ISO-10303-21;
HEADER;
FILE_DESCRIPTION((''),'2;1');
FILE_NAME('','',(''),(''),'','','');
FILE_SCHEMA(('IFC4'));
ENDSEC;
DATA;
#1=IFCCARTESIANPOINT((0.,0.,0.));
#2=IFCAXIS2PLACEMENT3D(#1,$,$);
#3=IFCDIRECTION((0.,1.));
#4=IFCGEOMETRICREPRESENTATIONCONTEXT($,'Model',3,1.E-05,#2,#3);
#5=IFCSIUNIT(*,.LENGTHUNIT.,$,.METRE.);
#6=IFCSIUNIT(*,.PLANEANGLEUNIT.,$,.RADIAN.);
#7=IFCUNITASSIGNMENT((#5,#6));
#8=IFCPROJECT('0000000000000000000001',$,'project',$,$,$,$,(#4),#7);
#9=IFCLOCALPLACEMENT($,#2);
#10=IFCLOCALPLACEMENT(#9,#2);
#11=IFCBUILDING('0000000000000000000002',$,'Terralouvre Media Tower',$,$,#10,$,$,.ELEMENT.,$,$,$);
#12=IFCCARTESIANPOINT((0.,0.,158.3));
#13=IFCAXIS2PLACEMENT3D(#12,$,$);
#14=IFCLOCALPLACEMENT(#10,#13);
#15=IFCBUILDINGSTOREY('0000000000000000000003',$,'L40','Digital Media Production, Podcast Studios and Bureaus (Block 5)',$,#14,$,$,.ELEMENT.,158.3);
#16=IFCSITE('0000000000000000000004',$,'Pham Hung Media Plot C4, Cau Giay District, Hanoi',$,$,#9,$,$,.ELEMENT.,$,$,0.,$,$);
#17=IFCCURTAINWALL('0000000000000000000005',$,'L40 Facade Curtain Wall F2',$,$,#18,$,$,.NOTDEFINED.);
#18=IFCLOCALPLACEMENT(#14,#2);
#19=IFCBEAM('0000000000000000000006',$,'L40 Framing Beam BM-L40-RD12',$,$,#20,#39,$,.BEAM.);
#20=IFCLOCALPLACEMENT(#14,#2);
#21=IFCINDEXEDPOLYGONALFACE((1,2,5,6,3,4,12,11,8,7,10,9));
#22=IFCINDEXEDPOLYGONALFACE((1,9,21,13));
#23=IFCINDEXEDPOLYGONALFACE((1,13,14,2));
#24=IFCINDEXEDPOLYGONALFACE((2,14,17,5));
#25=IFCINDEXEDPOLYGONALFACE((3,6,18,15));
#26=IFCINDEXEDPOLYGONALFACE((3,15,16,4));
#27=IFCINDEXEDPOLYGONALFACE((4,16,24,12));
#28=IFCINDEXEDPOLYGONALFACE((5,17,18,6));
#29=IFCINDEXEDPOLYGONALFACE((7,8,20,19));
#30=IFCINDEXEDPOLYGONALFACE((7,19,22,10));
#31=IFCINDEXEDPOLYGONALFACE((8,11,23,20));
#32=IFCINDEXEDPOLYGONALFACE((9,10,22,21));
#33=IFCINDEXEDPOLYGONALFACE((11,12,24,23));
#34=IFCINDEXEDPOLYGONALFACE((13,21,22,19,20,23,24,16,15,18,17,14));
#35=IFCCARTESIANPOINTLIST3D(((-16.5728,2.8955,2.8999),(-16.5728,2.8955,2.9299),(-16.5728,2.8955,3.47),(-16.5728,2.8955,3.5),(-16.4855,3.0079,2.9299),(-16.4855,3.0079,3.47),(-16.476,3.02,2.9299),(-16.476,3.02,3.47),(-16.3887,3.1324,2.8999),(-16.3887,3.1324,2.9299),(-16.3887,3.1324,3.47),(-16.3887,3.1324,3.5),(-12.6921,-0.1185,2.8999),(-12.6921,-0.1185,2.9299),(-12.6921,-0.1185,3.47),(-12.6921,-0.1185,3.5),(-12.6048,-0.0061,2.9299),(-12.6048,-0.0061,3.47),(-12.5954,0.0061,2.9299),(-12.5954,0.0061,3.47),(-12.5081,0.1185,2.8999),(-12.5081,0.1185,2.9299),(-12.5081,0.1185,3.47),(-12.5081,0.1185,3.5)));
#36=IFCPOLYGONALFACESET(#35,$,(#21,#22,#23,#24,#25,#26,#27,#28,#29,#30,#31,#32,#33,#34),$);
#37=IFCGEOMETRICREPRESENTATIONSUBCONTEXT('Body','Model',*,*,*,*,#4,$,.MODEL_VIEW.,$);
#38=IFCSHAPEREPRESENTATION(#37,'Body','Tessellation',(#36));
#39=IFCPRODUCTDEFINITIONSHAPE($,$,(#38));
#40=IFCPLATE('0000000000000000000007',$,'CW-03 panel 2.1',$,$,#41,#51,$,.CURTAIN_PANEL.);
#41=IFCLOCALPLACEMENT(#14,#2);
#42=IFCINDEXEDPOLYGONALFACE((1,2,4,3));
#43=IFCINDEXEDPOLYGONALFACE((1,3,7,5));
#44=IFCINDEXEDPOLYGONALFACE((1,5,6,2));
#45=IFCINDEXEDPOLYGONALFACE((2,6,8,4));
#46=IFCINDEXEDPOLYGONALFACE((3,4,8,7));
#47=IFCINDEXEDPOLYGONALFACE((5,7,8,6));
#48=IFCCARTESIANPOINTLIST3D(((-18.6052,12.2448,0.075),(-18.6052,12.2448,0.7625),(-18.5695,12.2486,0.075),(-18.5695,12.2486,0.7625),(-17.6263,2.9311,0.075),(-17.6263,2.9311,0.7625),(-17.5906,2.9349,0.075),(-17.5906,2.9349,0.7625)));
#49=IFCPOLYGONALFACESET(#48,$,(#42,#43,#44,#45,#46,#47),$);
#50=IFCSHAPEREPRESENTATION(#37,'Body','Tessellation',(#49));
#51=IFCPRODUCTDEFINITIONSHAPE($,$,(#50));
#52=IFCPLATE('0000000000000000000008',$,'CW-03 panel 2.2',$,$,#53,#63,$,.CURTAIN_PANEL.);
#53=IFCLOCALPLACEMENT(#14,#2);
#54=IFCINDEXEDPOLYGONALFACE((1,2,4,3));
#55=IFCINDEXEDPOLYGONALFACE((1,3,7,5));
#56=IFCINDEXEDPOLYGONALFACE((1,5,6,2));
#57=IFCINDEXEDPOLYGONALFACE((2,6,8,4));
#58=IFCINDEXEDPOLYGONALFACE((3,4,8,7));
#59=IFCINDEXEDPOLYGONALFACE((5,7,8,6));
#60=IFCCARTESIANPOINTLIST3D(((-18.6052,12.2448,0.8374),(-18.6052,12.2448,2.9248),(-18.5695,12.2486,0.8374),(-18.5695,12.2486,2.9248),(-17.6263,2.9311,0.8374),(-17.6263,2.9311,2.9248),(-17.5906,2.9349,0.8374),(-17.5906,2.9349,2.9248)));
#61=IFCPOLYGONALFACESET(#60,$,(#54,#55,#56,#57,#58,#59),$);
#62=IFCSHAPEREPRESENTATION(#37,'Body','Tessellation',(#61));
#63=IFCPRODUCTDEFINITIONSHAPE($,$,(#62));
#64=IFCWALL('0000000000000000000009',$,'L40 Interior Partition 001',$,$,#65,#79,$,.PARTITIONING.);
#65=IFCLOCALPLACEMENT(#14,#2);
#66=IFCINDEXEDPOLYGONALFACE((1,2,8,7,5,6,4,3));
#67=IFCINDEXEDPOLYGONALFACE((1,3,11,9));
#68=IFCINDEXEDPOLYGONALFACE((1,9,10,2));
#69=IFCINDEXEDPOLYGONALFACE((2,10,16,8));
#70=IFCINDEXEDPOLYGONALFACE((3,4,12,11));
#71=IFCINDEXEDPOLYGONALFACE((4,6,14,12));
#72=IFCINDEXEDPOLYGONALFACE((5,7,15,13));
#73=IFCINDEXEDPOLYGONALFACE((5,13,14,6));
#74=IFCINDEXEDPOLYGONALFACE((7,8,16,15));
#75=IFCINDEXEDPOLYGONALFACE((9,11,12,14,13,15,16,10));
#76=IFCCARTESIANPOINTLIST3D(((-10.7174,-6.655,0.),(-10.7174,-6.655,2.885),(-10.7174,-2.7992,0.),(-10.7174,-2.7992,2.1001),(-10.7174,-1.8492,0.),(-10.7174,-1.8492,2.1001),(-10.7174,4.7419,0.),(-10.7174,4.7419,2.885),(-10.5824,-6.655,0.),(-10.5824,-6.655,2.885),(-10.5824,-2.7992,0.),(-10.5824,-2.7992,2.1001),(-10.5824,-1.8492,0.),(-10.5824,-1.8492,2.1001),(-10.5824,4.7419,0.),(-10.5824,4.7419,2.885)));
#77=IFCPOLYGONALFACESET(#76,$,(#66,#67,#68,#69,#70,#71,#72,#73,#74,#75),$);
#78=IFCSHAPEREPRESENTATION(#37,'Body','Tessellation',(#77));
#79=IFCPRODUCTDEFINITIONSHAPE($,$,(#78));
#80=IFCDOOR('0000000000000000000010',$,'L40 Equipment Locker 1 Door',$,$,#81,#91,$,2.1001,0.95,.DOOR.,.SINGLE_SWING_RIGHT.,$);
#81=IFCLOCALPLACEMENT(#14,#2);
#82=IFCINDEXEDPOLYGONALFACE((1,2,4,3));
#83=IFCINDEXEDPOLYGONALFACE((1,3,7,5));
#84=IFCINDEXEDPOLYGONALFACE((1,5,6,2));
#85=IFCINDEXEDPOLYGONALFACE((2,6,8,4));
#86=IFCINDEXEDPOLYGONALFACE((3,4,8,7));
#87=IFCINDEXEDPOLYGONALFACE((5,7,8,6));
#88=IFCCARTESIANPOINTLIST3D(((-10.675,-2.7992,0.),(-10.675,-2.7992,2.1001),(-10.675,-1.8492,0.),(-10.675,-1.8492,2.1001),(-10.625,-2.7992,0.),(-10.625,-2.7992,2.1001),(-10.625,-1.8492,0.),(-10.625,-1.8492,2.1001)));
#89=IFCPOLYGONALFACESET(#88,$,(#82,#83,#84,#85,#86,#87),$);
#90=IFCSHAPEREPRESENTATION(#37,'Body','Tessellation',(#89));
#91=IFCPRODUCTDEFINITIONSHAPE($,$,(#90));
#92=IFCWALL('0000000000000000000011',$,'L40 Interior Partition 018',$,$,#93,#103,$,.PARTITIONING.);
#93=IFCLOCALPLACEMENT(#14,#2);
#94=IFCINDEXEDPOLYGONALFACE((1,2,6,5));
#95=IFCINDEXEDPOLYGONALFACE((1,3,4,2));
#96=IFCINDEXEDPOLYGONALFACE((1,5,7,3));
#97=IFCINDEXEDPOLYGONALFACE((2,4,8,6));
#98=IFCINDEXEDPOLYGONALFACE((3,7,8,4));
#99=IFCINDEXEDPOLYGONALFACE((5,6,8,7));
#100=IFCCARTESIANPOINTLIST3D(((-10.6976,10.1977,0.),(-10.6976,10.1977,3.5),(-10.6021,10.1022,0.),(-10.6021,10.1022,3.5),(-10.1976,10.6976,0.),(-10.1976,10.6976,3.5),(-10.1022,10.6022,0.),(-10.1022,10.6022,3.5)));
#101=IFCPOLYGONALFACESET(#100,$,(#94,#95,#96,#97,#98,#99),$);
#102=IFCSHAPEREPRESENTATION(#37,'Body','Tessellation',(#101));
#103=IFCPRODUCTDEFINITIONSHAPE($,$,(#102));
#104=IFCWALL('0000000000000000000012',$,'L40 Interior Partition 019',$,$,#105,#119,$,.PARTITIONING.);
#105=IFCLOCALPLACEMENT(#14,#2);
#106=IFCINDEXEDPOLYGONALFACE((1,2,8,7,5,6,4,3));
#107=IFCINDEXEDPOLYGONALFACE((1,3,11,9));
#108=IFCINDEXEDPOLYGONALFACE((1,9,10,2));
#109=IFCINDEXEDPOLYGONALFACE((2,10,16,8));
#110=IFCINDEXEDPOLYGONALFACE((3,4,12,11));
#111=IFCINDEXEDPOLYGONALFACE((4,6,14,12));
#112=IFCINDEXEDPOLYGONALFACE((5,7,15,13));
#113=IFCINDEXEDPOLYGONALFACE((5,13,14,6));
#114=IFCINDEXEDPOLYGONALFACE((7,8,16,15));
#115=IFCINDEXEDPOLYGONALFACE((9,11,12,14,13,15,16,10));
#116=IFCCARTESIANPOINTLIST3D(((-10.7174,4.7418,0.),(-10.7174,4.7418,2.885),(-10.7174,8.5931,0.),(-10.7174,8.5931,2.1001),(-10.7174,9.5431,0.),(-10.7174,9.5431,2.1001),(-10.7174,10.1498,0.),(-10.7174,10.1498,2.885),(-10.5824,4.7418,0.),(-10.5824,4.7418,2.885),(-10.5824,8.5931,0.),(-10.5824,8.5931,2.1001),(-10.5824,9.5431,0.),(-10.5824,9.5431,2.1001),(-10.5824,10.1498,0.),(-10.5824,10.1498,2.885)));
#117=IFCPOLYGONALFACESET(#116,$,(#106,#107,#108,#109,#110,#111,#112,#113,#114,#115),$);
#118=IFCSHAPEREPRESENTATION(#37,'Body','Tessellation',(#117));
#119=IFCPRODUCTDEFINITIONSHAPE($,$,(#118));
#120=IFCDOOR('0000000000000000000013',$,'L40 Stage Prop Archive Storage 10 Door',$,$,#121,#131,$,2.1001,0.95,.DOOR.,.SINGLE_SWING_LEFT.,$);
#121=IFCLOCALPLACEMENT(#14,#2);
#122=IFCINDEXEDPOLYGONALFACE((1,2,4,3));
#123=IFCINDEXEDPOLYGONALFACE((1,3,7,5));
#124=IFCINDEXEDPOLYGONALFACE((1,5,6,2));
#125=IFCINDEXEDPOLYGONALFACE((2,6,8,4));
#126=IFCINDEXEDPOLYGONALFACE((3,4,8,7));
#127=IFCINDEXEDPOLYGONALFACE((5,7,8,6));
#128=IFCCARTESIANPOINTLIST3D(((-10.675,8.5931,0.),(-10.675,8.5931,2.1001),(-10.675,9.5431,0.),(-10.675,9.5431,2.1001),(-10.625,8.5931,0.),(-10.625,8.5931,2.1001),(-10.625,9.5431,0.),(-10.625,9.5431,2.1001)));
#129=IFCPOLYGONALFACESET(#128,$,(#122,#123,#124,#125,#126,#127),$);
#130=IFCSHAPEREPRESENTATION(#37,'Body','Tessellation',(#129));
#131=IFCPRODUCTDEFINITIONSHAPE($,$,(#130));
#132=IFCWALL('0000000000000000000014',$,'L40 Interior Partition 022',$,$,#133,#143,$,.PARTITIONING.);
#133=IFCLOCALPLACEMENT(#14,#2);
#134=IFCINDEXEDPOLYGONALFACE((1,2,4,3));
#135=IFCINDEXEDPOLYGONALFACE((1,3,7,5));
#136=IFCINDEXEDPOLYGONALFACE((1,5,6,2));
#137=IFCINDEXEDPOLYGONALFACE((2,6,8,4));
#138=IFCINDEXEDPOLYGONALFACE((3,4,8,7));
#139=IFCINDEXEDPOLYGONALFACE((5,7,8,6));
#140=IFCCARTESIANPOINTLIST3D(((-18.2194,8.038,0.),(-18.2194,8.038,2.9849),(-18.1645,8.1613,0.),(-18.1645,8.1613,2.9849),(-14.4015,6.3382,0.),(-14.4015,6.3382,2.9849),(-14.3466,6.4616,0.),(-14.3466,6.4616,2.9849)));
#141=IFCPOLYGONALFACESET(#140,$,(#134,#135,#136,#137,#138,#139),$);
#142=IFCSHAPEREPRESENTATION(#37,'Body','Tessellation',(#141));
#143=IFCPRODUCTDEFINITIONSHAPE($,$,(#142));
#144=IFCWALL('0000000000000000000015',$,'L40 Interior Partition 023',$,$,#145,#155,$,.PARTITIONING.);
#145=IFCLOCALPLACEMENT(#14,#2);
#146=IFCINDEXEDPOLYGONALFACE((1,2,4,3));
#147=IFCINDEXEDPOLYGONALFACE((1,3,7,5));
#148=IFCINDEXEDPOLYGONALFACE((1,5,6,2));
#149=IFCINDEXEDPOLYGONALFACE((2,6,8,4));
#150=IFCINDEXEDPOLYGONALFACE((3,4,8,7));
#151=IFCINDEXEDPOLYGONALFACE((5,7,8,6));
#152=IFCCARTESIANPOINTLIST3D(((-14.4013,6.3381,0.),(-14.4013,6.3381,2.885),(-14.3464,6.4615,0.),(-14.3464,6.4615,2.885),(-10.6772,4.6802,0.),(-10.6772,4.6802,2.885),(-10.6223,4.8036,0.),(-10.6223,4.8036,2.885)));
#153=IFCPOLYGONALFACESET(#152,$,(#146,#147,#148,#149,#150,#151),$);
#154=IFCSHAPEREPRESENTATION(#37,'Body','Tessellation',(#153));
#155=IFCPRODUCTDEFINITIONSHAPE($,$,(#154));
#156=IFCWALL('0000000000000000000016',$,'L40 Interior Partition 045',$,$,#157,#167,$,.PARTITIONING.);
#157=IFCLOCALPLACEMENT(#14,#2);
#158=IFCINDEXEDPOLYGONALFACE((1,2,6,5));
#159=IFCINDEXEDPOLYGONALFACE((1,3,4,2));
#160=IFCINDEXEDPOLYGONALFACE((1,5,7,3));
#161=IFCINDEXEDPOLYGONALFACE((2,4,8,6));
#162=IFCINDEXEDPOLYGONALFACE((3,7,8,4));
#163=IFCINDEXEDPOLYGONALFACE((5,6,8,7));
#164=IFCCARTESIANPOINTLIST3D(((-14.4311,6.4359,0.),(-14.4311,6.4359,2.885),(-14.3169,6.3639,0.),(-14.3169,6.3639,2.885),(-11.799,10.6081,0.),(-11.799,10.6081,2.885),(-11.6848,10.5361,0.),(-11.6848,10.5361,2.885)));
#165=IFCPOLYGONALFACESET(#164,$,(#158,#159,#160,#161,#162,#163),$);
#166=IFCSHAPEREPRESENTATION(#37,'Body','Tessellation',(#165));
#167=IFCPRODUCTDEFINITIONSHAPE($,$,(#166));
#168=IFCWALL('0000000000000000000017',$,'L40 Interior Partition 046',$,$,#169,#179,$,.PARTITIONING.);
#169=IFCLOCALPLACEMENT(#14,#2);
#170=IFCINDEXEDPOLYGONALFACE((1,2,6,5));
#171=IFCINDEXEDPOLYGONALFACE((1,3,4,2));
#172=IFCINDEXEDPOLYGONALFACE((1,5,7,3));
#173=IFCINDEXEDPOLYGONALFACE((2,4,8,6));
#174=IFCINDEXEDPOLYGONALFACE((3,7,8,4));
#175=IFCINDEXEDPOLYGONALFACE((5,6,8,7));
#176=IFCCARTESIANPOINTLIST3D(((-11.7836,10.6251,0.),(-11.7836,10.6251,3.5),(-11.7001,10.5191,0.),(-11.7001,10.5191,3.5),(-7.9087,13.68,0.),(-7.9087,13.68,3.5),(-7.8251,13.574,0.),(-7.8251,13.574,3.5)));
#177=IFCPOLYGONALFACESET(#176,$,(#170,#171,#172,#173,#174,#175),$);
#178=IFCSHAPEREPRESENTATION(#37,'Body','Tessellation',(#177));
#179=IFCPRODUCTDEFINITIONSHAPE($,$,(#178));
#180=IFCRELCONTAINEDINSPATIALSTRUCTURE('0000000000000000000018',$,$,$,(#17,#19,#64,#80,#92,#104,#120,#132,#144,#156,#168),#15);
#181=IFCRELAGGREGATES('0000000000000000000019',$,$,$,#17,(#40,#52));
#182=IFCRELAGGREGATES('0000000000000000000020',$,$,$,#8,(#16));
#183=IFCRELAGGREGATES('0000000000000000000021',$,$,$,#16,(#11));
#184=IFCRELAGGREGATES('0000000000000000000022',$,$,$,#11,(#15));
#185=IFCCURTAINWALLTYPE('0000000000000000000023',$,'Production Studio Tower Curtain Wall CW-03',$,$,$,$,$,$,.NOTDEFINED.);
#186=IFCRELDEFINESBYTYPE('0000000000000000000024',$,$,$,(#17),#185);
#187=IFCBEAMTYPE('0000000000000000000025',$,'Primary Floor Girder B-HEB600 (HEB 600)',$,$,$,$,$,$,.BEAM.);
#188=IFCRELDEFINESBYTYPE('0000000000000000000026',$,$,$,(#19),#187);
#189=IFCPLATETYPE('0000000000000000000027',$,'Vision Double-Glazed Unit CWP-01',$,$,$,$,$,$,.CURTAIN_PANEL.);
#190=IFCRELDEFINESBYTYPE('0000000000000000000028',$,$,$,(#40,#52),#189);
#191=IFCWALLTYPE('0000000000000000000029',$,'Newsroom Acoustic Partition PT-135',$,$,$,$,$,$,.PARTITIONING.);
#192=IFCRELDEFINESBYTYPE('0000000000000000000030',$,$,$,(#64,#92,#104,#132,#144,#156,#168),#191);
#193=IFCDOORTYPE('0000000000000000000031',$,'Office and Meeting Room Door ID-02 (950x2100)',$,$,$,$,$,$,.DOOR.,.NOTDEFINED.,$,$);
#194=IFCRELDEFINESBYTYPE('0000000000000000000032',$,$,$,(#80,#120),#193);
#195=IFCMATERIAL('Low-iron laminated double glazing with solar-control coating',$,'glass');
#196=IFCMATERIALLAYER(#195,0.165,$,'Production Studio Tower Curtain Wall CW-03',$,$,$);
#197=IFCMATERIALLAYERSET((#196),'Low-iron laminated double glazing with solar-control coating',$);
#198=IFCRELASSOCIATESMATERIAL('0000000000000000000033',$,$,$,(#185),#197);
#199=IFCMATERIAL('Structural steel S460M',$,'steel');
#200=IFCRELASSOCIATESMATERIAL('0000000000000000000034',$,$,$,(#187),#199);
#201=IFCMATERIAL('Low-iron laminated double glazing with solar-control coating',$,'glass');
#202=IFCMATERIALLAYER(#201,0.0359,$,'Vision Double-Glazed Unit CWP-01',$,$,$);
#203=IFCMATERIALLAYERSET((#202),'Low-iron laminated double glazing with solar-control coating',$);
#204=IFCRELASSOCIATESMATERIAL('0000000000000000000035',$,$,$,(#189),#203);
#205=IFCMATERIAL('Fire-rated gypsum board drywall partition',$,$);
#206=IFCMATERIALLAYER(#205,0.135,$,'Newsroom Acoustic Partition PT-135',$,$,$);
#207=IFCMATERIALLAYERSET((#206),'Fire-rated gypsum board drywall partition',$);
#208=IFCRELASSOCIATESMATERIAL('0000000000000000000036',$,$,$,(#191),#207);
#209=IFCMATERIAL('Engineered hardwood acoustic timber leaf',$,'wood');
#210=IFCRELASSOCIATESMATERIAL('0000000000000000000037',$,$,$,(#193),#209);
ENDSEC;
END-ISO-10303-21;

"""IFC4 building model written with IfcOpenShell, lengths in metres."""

from ifc_helpers import new_model, si_unit, direction, frame, frame_2d, origin, origin_2d, place, context, subcontext, project, spatial, rectangle, i_section, extrude, material, layer, layer_set, material_profile, profile_set, type_object, element, fill, aggregate, save


model = new_model("IFC4")

# Units and contexts
model_context = context("Model", 3, precision=1e-05, world=origin(), true_north=direction((0.0, 1.0)))
body_context = subcontext(model_context, "Body", "Model", "MODEL_VIEW")
ifc_project = project(units=[si_unit("LENGTHUNIT", "METRE"), si_unit("PLANEANGLEUNIT", "RADIAN")], contexts=[model_context])

# Site, building, storey
site_placement = place(None, origin())
site = spatial("IfcSite", under=ifc_project, at=site_placement, Name="Pham Hung Media Plot C4, Cau Giay District, Hanoi", CompositionType="ELEMENT", RefElevation=0.0)
building_placement = place(site_placement, origin())
building = spatial("IfcBuilding", under=site, at=building_placement, Name="Terralouvre Media Tower", CompositionType="ELEMENT")
storey_placement = place(building_placement, frame((0.0, 0.0, 158.3)))
storey = spatial("IfcBuildingStorey", under=building, at=storey_placement, Name="L40", Description="Digital Media Production, Podcast Studios and Bureaus (Block 5)", CompositionType="ELEMENT", Elevation=158.3)

# Curtain wall
ifc_material_1 = material(Name="Low-iron laminated double glazing with solar-control coating", Category="glass")
ifc_layer_1 = layer(ifc_material_1, 0.165, Name="Production Studio Tower Curtain Wall CW-03")
ifc_layer_set_1 = layer_set([ifc_layer_1], Name="Low-iron laminated double glazing with solar-control coating")
curtain_wall_type = type_object("IfcCurtainWallType", Name="Production Studio Tower Curtain Wall CW-03", PredefinedType="NOTDEFINED", material=ifc_layer_set_1)
curtain_wall_placement = place(storey_placement, origin())
curtain_wall = element("IfcCurtainWall", 1, at=curtain_wall_placement, inside=storey, type_object=curtain_wall_type, Name="L40 Facade Curtain Wall F2", PredefinedType="NOTDEFINED")

# Beam
ifc_material_2 = material(Name="Structural steel S460M", Category="steel")
ifc_material_profile_1 = material_profile(ifc_material_2, i_section(OverallWidth=0.3, OverallDepth=0.6001, WebThickness=0.0154, FlangeThickness=0.03, at=origin_2d()), Name="HEB 600")
ifc_profile_set_1 = profile_set([ifc_material_profile_1], Name="Structural steel S460M")
beam_type_1 = type_object("IfcBeamType", Name="Primary Floor Girder B-HEB600 (HEB 600)", PredefinedType="BEAM", material=ifc_profile_set_1)
beam_1_placement = place(storey_placement, frame((-12.6001, 0.0, 3.2), z_axis=(-0.78978, 0.61339, 0.0), x_axis=(-0.61339, -0.78978, 0.0)))
element("IfcBeam", 2, at=beam_1_placement, inside=storey, type_object=beam_type_1, Name="L40 Framing Beam BM-L40-RD12", PredefinedType="BEAM", context=body_context, shape_type="SweptSolid", body=[
    extrude(i_section(OverallWidth=0.3, OverallDepth=0.6001, WebThickness=0.0154, FlangeThickness=0.03, at=origin_2d()), origin(), (0.0, 0.0, 1.0), 4.9136),
])

# Plates
ifc_material_3 = material(Name="Low-iron laminated double glazing with solar-control coating", Category="glass")
ifc_layer_2 = layer(ifc_material_3, 0.0359, Name="Vision Double-Glazed Unit CWP-01")
ifc_layer_set_2 = layer_set([ifc_layer_2], Name="Low-iron laminated double glazing with solar-control coating")
plate_type = type_object("IfcPlateType", Name="Vision Double-Glazed Unit CWP-01", PredefinedType="CURTAIN_PANEL", material=ifc_layer_set_2)
plate_1_placement = place(storey_placement, frame((-18.0979, 7.5898, 0.075), z_axis=(0.0, 0.0, 1.0), x_axis=(0.104528, -0.994522, 0.0)))
plate_1 = element("IfcPlate", 3, at=plate_1_placement, type_object=plate_type, Name="CW-03 panel 2.1", PredefinedType="CURTAIN_PANEL", context=body_context, shape_type="SweptSolid", body=[
    extrude(rectangle(XDim=9.365, YDim=0.0359, at=origin_2d()), origin(), (0.0, 0.0, 1.0), 0.6875),
])
plate_2_placement = place(storey_placement, frame((-18.0979, 7.5898, 0.8374), z_axis=(0.0, 0.0, 1.0), x_axis=(0.104528, -0.994522, 0.0)))
plate_2 = element("IfcPlate", 4, at=plate_2_placement, type_object=plate_type, Name="CW-03 panel 2.2", PredefinedType="CURTAIN_PANEL", context=body_context, shape_type="SweptSolid", body=[
    extrude(rectangle(XDim=9.365, YDim=0.0359, at=origin_2d()), origin(), (0.0, 0.0, 1.0), 2.0874),
])
aggregate(curtain_wall, [plate_1, plate_2])

# Wall, opening, door
ifc_material_4 = material(Name="Fire-rated gypsum board drywall partition")
ifc_layer_3 = layer(ifc_material_4, 0.135, Name="Newsroom Acoustic Partition PT-135")
ifc_layer_set_3 = layer_set([ifc_layer_3], Name="Fire-rated gypsum board drywall partition")
wall_type = type_object("IfcWallType", Name="Newsroom Acoustic Partition PT-135", PredefinedType="PARTITIONING", material=ifc_layer_set_3)
wall_1_placement = place(storey_placement, frame((-10.6499, 4.7419, 0.0), z_axis=(0.0, 0.0, 1.0), x_axis=(0.0, -1.0, 0.0)))
wall_1 = element("IfcWall", 5, at=wall_1_placement, inside=storey, type_object=wall_type, Name="L40 Interior Partition 001", PredefinedType="PARTITIONING", context=body_context, shape_type="SweptSolid", body=[
    extrude(rectangle(XDim=11.397, YDim=0.135, at=frame_2d((5.6985, 0.0))), origin(), (0.0, 0.0, 1.0), 2.885),
])
opening_1_placement = place(wall_1_placement, frame((6.5911, 0.0, 0.0)))
opening_1 = element("IfcOpeningElement", 6, at=opening_1_placement, cuts=wall_1, PredefinedType="OPENING", context=body_context, shape_type="SweptSolid", body=[
    extrude(rectangle(XDim=0.95, YDim=2.1001, at=frame_2d((0.4751, 1.05))), frame((0.0, 0.0774, 0.0), z_axis=(0.0, -1.0, 0.0), x_axis=(1.0, 0.0, 0.0)), (0.0, 0.0, 1.0), 0.155),
])
ifc_material_5 = material(Name="Engineered hardwood acoustic timber leaf", Category="wood")
door_type = type_object("IfcDoorType", Name="Office and Meeting Room Door ID-02 (950x2100)", OperationType="NOTDEFINED", PredefinedType="DOOR", material=ifc_material_5)
door_1_placement = place(opening_1_placement, origin())
door_1 = element("IfcDoor", 7, at=door_1_placement, inside=storey, type_object=door_type, Name="L40 Equipment Locker 1 Door", OperationType="SINGLE_SWING_RIGHT", OverallHeight=2.1001, OverallWidth=0.95, PredefinedType="DOOR", context=body_context, shape_type="SweptSolid", body=[
    extrude(rectangle(XDim=0.95, YDim=2.1001, at=frame_2d((0.4751, 1.05))), frame((0.0, 0.0249, 0.0), z_axis=(0.0, -1.0, 0.0), x_axis=(1.0, 0.0, 0.0)), (0.0, 0.0, 1.0), 0.05),
])
fill(opening_1, door_1)

# Wall
wall_2_placement = place(storey_placement, frame((-10.1499, 10.6499, 0.0), z_axis=(0.0, 0.0, 1.0), x_axis=(-0.707107, -0.707107, 0.0)))
element("IfcWall", 8, at=wall_2_placement, inside=storey, type_object=wall_type, Name="L40 Interior Partition 018", PredefinedType="PARTITIONING", context=body_context, shape_type="SweptSolid", body=[
    extrude(rectangle(XDim=0.707, YDim=0.135, at=frame_2d((0.3535, 0.0))), origin(), (0.0, 0.0, 1.0), 3.5),
])

# Wall, opening, door
wall_3_placement = place(storey_placement, frame((-10.6499, 10.1499, 0.0), z_axis=(0.0, 0.0, 1.0), x_axis=(0.0, -1.0, 0.0)))
wall_3 = element("IfcWall", 9, at=wall_3_placement, inside=storey, type_object=wall_type, Name="L40 Interior Partition 019", PredefinedType="PARTITIONING", context=body_context, shape_type="SweptSolid", body=[
    extrude(rectangle(XDim=5.408, YDim=0.135, at=frame_2d((2.7041, 0.0))), origin(), (0.0, 0.0, 1.0), 2.885),
])
opening_2_placement = place(wall_3_placement, frame((0.6067, 0.0, 0.0)))
opening_2 = element("IfcOpeningElement", 10, at=opening_2_placement, cuts=wall_3, PredefinedType="OPENING", context=body_context, shape_type="SweptSolid", body=[
    extrude(rectangle(XDim=0.95, YDim=2.1001, at=frame_2d((0.4751, 1.05))), frame((0.0, 0.0774, 0.0), z_axis=(0.0, -1.0, 0.0), x_axis=(1.0, 0.0, 0.0)), (0.0, 0.0, 1.0), 0.155),
])
door_2_placement = place(opening_2_placement, origin())
door_2 = element("IfcDoor", 11, at=door_2_placement, inside=storey, type_object=door_type, Name="L40 Stage Prop Archive Storage 10 Door", OperationType="SINGLE_SWING_LEFT", OverallHeight=2.1001, OverallWidth=0.95, PredefinedType="DOOR", context=body_context, shape_type="SweptSolid", body=[
    extrude(rectangle(XDim=0.95, YDim=2.1001, at=frame_2d((0.4751, 1.05))), frame((0.0, 0.0249, 0.0), z_axis=(0.0, -1.0, 0.0), x_axis=(1.0, 0.0, 0.0)), (0.0, 0.0, 1.0), 0.05),
])
fill(opening_2, door_2)

# Walls
wall_4_placement = place(storey_placement, frame((-14.374, 6.3999, 0.0), z_axis=(0.0, 0.0, 1.0), x_axis=(-0.913556, 0.406713, 0.0)))
element("IfcWall", 12, at=wall_4_placement, inside=storey, type_object=wall_type, Name="L40 Interior Partition 022", PredefinedType="PARTITIONING", context=body_context, shape_type="SweptSolid", body=[
    extrude(rectangle(XDim=4.1792, YDim=0.135, at=frame_2d((2.0896, 0.0))), origin(), (0.0, 0.0, 1.0), 2.9849),
])
wall_5_placement = place(storey_placement, frame((-10.6499, 4.7419, 0.0), z_axis=(0.0, 0.0, 1.0), x_axis=(-0.913557, 0.406711, 0.0)))
element("IfcWall", 13, at=wall_5_placement, inside=storey, type_object=wall_type, Name="L40 Interior Partition 023", PredefinedType="PARTITIONING", context=body_context, shape_type="SweptSolid", body=[
    extrude(rectangle(XDim=4.0764, YDim=0.135, at=frame_2d((2.0381, 0.0))), origin(), (0.0, 0.0, 1.0), 2.885),
])
wall_6_placement = place(storey_placement, frame((-14.374, 6.3999, 0.0), z_axis=(0.0, 0.0, 1.0), x_axis=(0.533567, 0.845758, 0.0)))
element("IfcWall", 14, at=wall_6_placement, inside=storey, type_object=wall_type, Name="L40 Interior Partition 045", PredefinedType="PARTITIONING", context=body_context, shape_type="SweptSolid", body=[
    extrude(rectangle(XDim=4.9331, YDim=0.135, at=frame_2d((2.4666, 0.0))), origin(), (0.0, 0.0, 1.0), 2.885),
])
wall_7_placement = place(storey_placement, frame((-11.7419, 10.572, 0.0), z_axis=(0.0, 0.0, 1.0), x_axis=(0.785304, 0.61911, 0.0)))
element("IfcWall", 15, at=wall_7_placement, inside=storey, type_object=wall_type, Name="L40 Interior Partition 046", PredefinedType="PARTITIONING", context=body_context, shape_type="SweptSolid", body=[
    extrude(rectangle(XDim=4.9343, YDim=0.135, at=frame_2d((2.4673, 0.0))), origin(), (0.0, 0.0, 1.0), 3.5),
])

save(model, "model.ifc")
